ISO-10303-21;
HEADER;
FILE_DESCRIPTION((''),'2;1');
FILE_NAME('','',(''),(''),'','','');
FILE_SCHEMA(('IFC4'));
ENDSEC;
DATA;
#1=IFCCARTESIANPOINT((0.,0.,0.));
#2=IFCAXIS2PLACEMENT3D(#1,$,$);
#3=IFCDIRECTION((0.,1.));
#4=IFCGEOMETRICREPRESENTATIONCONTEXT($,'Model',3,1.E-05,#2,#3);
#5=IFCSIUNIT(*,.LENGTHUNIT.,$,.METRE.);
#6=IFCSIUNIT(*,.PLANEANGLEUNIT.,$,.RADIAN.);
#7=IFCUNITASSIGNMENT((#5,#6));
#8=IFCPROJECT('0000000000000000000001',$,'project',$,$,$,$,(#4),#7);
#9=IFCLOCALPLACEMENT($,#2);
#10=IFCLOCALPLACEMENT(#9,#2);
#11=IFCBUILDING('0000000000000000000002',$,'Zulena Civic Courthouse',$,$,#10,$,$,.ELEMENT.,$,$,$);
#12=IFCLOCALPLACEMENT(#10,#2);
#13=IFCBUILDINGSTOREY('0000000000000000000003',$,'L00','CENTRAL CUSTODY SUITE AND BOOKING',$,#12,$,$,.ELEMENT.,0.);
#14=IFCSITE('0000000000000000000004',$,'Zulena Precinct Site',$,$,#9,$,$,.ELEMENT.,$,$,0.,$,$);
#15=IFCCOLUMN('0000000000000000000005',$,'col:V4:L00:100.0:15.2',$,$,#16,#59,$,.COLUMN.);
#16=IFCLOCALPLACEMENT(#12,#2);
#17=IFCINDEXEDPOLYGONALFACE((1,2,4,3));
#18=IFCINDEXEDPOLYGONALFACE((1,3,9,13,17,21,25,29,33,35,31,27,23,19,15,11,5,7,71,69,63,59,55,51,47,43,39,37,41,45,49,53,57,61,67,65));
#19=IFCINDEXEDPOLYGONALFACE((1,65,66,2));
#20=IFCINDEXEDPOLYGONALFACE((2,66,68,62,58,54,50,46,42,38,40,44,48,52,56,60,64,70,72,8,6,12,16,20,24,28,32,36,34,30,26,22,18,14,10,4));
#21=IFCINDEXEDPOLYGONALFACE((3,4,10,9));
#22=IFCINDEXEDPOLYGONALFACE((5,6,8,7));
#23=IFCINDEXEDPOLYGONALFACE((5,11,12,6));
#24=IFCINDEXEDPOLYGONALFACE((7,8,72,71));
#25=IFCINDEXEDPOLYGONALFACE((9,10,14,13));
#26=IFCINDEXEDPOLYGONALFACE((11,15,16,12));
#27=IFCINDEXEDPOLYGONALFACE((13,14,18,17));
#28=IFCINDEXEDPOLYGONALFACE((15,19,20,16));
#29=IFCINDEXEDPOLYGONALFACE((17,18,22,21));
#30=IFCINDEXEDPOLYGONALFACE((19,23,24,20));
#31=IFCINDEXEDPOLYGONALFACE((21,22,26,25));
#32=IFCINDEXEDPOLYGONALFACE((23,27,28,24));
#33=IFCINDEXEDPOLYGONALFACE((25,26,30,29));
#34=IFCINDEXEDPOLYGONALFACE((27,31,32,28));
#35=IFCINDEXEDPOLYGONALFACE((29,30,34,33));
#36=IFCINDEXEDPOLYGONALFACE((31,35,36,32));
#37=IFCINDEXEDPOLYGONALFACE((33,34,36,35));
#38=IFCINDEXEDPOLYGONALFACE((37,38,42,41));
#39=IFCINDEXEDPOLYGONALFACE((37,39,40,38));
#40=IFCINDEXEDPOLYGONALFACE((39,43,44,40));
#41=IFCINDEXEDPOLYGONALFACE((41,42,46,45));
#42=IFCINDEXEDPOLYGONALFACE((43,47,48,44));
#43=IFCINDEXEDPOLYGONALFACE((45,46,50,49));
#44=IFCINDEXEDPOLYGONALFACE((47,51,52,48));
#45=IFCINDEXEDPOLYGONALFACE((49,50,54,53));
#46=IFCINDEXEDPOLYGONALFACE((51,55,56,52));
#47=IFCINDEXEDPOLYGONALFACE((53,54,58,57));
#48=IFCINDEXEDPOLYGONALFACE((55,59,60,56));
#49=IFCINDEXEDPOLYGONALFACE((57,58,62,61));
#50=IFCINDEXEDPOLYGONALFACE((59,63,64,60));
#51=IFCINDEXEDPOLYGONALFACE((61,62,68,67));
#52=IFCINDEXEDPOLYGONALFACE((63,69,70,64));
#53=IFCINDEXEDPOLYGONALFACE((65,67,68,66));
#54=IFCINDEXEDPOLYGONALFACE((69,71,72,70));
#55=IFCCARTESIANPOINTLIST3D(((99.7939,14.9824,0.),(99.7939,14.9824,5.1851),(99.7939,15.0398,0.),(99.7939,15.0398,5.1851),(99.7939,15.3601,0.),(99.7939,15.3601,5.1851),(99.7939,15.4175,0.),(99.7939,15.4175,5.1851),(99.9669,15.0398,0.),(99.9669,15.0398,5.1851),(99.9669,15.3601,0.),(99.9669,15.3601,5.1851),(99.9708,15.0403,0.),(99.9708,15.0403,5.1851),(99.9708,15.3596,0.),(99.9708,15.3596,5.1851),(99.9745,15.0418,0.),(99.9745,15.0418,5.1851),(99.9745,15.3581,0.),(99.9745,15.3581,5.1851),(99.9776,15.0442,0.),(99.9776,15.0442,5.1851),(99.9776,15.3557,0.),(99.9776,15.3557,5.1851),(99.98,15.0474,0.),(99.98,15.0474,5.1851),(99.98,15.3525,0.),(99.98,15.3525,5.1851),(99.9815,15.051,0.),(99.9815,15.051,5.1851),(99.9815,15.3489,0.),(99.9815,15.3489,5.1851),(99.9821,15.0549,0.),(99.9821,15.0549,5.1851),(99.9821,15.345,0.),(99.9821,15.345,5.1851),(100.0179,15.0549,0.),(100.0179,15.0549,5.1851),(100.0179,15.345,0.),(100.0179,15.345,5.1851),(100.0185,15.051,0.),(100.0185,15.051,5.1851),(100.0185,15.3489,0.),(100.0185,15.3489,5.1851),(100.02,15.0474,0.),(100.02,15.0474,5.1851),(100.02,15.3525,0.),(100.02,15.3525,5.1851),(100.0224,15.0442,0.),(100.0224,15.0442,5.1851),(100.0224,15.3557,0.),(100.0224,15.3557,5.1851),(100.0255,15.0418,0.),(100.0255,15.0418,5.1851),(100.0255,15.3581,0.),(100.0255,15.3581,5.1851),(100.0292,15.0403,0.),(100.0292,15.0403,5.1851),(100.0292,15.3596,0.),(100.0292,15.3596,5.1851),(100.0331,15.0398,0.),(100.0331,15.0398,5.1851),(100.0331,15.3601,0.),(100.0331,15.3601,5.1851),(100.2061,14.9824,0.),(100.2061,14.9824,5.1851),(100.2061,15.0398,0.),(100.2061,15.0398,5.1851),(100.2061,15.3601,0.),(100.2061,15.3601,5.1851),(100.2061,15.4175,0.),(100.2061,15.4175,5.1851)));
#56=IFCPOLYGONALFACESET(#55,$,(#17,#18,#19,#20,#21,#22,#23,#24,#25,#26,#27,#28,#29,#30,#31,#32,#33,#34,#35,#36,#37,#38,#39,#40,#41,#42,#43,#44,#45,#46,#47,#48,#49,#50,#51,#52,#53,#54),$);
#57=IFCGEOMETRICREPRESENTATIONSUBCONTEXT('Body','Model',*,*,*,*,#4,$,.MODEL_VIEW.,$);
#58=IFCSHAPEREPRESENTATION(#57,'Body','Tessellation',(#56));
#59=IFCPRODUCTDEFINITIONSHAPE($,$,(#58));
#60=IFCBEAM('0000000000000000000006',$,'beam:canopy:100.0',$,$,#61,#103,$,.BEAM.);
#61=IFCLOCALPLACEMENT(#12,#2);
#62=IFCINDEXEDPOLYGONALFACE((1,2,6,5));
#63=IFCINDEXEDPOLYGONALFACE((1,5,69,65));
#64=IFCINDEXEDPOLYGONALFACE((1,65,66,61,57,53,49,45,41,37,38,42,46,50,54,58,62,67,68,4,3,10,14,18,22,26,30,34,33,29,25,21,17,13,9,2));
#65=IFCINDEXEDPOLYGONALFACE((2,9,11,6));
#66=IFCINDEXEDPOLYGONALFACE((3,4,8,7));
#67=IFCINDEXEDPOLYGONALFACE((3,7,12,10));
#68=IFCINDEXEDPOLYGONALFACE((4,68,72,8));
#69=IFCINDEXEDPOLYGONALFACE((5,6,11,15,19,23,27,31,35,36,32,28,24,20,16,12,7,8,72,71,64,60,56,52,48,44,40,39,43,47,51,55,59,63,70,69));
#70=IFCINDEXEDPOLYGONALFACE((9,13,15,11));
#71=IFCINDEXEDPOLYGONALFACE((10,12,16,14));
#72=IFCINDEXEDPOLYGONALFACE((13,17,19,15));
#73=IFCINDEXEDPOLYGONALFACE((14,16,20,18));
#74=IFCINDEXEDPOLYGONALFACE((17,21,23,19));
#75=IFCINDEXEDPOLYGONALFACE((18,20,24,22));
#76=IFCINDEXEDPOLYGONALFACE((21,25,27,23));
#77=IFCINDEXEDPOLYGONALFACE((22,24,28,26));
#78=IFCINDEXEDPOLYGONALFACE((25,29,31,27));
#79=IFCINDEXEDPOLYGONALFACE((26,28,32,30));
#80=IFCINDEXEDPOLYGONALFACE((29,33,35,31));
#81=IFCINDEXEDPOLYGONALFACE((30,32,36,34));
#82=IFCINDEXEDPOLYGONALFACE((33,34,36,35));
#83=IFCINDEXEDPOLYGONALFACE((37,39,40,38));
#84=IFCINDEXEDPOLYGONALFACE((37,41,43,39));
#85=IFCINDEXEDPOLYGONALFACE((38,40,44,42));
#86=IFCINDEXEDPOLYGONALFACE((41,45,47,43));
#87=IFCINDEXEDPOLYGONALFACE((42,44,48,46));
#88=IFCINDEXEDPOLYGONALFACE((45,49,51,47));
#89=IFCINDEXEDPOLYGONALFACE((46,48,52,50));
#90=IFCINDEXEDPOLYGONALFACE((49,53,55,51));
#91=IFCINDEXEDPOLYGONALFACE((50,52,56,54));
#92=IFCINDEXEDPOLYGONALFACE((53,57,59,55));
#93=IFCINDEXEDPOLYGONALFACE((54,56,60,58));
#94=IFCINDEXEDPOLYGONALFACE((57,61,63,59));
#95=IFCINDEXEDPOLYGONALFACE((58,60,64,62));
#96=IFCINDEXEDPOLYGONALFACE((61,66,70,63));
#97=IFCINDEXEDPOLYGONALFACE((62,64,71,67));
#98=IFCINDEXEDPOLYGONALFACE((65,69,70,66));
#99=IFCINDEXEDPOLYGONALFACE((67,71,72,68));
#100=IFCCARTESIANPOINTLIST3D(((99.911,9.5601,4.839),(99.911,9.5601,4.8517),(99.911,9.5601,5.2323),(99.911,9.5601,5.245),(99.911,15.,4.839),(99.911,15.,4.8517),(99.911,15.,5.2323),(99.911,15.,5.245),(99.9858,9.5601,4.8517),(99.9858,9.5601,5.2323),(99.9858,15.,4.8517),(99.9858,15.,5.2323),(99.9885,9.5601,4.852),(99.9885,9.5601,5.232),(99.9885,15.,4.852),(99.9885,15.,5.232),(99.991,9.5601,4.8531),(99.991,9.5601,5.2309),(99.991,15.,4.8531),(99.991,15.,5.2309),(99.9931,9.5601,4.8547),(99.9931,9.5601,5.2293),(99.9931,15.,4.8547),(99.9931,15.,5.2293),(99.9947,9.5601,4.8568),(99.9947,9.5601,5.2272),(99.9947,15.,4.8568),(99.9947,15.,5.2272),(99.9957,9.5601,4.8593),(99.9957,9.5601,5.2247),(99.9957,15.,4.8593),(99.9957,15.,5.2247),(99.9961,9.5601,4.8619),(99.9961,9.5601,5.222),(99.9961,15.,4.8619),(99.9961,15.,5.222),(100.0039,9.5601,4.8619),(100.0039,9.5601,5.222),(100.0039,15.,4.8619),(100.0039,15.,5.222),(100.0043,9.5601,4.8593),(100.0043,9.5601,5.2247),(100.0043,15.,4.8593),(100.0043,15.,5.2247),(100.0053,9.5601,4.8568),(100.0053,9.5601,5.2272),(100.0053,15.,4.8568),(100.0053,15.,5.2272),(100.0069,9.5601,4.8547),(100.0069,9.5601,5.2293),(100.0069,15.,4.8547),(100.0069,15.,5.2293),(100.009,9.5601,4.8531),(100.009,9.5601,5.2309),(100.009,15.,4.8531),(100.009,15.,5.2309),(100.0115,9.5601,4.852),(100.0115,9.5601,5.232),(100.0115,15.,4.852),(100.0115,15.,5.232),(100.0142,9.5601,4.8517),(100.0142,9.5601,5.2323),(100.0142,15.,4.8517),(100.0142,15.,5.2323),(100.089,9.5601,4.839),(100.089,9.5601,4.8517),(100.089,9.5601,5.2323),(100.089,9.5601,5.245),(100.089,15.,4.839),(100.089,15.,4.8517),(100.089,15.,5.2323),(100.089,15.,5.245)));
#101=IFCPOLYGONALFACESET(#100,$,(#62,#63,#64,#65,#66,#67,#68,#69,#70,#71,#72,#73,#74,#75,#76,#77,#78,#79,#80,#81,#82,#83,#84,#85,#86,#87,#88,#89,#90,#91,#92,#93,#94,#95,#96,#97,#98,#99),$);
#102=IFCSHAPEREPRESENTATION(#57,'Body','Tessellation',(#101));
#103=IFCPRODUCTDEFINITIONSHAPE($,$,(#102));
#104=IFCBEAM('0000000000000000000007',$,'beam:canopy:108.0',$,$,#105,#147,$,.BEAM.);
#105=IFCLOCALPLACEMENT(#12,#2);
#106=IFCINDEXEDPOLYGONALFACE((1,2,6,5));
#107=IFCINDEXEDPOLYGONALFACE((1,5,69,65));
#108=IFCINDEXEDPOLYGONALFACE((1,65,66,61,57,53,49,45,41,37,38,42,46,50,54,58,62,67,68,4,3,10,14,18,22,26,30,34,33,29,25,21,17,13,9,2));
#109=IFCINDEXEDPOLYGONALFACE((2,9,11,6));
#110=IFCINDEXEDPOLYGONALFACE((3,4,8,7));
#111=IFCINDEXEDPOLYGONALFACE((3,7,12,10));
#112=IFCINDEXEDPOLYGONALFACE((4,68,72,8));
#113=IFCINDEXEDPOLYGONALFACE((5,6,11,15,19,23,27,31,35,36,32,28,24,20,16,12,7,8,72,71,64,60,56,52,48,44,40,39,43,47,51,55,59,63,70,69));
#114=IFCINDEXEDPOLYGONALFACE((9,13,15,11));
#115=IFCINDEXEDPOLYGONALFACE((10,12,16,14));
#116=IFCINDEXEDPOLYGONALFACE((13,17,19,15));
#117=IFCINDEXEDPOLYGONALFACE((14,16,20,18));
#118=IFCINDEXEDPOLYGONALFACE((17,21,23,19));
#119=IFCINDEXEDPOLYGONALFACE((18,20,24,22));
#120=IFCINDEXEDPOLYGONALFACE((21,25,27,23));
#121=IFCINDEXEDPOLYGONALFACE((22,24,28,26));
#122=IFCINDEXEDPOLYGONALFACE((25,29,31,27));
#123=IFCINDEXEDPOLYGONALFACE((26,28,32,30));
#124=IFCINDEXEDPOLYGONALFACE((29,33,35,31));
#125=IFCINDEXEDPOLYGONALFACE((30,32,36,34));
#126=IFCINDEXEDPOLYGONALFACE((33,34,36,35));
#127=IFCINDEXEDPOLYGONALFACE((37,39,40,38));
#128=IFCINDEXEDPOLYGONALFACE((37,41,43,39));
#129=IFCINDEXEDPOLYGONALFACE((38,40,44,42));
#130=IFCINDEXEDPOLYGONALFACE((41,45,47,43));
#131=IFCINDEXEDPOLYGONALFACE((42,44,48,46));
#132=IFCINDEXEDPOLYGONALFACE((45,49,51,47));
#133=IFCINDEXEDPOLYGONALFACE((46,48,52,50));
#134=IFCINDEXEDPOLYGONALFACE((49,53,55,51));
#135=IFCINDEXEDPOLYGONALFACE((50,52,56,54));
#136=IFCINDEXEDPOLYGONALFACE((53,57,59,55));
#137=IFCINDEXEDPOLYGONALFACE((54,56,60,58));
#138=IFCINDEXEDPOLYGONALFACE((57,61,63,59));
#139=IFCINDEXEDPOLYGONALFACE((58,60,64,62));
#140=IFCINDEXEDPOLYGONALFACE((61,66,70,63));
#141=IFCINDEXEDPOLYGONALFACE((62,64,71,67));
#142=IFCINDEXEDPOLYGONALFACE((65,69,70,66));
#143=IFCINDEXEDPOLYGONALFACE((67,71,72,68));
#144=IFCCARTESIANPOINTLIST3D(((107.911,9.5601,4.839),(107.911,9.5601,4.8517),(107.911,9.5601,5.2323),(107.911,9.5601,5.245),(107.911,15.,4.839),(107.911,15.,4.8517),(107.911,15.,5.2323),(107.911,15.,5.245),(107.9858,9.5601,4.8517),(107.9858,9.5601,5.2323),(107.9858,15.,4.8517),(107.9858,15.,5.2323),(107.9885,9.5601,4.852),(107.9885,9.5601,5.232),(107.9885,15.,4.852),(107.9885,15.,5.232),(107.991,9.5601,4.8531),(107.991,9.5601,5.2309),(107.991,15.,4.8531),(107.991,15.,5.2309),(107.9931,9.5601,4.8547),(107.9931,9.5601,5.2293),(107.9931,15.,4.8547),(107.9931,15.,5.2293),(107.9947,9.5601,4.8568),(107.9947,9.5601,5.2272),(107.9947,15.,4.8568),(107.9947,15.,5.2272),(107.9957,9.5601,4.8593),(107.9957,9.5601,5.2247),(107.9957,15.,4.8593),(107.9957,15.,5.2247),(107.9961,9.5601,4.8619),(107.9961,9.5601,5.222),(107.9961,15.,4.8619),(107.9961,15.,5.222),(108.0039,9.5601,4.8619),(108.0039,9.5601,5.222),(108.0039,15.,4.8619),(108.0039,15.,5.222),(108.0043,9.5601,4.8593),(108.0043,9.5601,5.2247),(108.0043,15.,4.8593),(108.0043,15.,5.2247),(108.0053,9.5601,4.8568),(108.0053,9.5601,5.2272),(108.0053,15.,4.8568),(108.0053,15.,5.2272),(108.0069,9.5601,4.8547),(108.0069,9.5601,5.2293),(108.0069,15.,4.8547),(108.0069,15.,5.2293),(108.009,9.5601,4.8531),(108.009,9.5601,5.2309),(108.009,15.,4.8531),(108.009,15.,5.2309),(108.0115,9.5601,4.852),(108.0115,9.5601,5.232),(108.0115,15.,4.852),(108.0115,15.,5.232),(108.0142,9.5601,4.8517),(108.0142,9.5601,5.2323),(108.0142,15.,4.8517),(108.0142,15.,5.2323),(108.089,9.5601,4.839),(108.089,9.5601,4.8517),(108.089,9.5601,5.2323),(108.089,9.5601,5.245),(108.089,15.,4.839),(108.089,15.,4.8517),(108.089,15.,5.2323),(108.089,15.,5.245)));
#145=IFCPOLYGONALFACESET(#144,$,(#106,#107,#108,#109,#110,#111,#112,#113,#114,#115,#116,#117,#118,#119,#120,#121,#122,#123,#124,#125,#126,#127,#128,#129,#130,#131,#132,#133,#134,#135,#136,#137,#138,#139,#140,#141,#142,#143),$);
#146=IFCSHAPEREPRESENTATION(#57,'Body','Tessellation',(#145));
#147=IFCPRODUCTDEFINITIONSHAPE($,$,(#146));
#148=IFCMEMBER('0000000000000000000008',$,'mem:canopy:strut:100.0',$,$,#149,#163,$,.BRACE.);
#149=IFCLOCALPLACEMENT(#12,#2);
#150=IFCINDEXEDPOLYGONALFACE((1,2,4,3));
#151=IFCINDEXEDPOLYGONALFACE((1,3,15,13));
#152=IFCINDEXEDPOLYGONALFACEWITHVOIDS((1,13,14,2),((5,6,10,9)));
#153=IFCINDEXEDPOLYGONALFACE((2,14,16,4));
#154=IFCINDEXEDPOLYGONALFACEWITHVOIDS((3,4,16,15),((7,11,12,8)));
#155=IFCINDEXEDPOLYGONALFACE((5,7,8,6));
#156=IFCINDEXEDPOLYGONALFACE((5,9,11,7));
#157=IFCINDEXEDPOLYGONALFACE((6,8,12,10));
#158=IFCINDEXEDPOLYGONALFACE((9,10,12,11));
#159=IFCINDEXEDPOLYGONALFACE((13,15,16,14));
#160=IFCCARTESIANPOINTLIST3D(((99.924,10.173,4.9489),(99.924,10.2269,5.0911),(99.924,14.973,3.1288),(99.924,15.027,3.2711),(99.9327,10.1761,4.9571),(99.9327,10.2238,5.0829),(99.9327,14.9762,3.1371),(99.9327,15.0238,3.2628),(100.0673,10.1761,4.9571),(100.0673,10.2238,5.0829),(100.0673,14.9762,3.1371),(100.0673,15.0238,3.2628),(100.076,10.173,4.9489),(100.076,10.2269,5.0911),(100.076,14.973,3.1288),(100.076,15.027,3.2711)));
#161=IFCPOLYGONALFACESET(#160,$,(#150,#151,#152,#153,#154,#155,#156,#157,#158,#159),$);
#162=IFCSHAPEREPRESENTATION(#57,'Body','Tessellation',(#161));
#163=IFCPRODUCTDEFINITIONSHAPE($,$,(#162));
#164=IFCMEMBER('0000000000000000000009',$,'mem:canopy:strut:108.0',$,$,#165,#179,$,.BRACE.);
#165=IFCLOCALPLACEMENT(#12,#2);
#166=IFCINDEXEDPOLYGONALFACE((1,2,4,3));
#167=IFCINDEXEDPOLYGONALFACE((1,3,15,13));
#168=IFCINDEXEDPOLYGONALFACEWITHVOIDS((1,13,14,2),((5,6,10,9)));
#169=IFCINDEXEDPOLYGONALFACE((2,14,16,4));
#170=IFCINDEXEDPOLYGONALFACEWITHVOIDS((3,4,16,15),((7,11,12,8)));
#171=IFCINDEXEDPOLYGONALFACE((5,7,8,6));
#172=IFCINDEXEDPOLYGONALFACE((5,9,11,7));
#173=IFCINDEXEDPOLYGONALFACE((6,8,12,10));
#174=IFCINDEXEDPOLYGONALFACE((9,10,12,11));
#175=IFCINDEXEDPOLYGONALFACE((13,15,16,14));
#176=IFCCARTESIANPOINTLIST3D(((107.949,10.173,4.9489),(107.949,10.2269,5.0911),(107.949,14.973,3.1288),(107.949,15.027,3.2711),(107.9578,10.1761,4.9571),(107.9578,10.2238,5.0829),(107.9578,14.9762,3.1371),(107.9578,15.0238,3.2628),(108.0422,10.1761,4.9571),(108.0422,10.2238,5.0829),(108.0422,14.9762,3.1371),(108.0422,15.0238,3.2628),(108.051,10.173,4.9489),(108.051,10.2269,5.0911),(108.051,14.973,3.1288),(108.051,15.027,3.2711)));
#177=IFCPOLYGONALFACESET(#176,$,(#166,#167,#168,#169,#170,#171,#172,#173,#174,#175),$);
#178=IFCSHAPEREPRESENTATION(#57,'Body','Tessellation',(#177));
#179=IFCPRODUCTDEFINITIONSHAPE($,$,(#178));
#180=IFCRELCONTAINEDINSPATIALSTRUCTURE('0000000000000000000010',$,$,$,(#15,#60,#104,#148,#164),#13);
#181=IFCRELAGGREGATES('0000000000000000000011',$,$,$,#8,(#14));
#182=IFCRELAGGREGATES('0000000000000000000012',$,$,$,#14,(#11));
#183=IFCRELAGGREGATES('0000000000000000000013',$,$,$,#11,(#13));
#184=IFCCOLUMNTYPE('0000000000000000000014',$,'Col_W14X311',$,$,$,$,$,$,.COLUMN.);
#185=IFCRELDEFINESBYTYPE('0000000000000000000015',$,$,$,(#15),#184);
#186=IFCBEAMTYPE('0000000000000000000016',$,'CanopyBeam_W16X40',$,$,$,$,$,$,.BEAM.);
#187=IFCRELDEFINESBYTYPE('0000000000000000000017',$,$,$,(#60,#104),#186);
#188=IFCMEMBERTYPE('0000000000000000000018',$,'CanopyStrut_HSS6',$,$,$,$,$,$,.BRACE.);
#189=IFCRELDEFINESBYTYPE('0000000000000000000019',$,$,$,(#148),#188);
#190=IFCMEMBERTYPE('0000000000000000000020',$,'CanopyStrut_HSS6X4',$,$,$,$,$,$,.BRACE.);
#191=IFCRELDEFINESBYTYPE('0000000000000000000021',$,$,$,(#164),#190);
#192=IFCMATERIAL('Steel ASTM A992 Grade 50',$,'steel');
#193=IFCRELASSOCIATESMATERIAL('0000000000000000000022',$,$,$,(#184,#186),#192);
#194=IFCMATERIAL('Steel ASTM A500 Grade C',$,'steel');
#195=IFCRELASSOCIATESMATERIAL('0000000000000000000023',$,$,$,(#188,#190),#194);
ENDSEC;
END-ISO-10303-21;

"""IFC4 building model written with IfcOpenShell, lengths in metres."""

from ifc_helpers import new_model, si_unit, direction, frame, origin, origin_2d, place, context, subcontext, project, spatial, hollow_rectangle, i_section, extrude, material, material_profile, profile_set, type_object, element, save


model = new_model("IFC4")

# Units and contexts
model_context = context("Model", 3, precision=1e-05, world=origin(), true_north=direction((0.0, 1.0)))
body_context = subcontext(model_context, "Body", "Model", "MODEL_VIEW")
ifc_project = project(units=[si_unit("LENGTHUNIT", "METRE"), si_unit("PLANEANGLEUNIT", "RADIAN")], contexts=[model_context])

# Site, building, storey
site_placement = place(None, origin())
site = spatial("IfcSite", under=ifc_project, at=site_placement, Name="Zulena Precinct Site", CompositionType="ELEMENT", RefElevation=0.0)
building_placement = place(site_placement, origin())
building = spatial("IfcBuilding", under=site, at=building_placement, Name="Zulena Civic Courthouse", CompositionType="ELEMENT")
storey_placement = place(building_placement, origin())
storey = spatial("IfcBuildingStorey", under=building, at=storey_placement, Name="L00", Description="CENTRAL CUSTODY SUITE AND BOOKING", CompositionType="ELEMENT", Elevation=0.0)

# Column
ifc_material_1 = material(Name="Steel ASTM A992 Grade 50", Category="steel")
ifc_material_profile_1 = material_profile(ifc_material_1, i_section(OverallWidth=0.4121, OverallDepth=0.4351, WebThickness=0.0359, FlangeThickness=0.0574, FilletRadius=0.0151, at=origin_2d()), Name="W14X311")
ifc_profile_set_1 = profile_set([ifc_material_profile_1], Name="Steel ASTM A992 Grade 50")
column_type_1 = type_object("IfcColumnType", Name="Col_W14X311", PredefinedType="COLUMN", material=ifc_profile_set_1)
column_placement = place(storey_placement, frame((100.0, 15.2, 0.0), z_axis=(0.0, 0.0, 1.0), x_axis=(1.0, 0.0, 0.0)))
element("IfcColumn", 1, at=column_placement, inside=storey, type_object=column_type_1, Name="col:V4:L00:100.0:15.2", PredefinedType="COLUMN", context=body_context, shape_type="SweptSolid", body=[
    extrude(i_section(OverallWidth=0.4121, OverallDepth=0.4351, WebThickness=0.0359, FlangeThickness=0.0574, FilletRadius=0.0151, at=origin_2d()), origin(), (0.0, 0.0, 1.0), 5.1851),
])

# Beams
ifc_material_profile_2 = material_profile(ifc_material_1, i_section(OverallWidth=0.178, OverallDepth=0.406, WebThickness=0.0078, FlangeThickness=0.0127, FilletRadius=0.0103, at=origin_2d()), Name="W16X40")
ifc_profile_set_2 = profile_set([ifc_material_profile_2], Name="Steel ASTM A992 Grade 50")
beam_type_1 = type_object("IfcBeamType", Name="CanopyBeam_W16X40", PredefinedType="BEAM", material=ifc_profile_set_2)
for number, where, z_axis, x_axis, name in (
    (2, (100.0, 9.5601, 5.042), (0.0, 1.0, 0.0), (-1.0, 0.0, 0.0), "beam:canopy:100.0"),
    (3, (108.0, 9.5601, 5.042), (0.0, 1.0, 0.0), (-1.0, 0.0, 0.0), "beam:canopy:108.0"),
):
    element("IfcBeam", number, at=place(storey_placement, frame(where, z_axis=z_axis, x_axis=x_axis)), inside=storey, type_object=beam_type_1, Name=name, PredefinedType="BEAM", context=body_context, shape_type="SweptSolid", body=[
        extrude(i_section(OverallWidth=0.178, OverallDepth=0.406, WebThickness=0.0078, FlangeThickness=0.0127, FilletRadius=0.0103, at=origin_2d()), origin(), (0.0, 0.0, 1.0), 5.4399),
    ])

# Members
ifc_material_2 = material(Name="Steel ASTM A500 Grade C", Category="steel")
ifc_material_profile_3 = material_profile(ifc_material_2, hollow_rectangle(XDim=0.1521, YDim=0.1521, WallThickness=0.0088, at=origin_2d()), Name="HSS6X6X3/8")
ifc_profile_set_3 = profile_set([ifc_material_profile_3], Name="Steel ASTM A500 Grade C")
member_type_1 = type_object("IfcMemberType", Name="CanopyStrut_HSS6", PredefinedType="BRACE", material=ifc_profile_set_3)
member_1_placement = place(storey_placement, frame((100.0, 15.0, 3.2), z_axis=(0.0, -0.935039, 0.354545), x_axis=(1.0, 0.0, 0.0)))
element("IfcMember", 4, at=member_1_placement, inside=storey, type_object=member_type_1, Name="mem:canopy:strut:100.0", PredefinedType="BRACE", context=body_context, shape_type="SweptSolid", body=[
    extrude(hollow_rectangle(XDim=0.1521, YDim=0.1521, WallThickness=0.0088, at=origin_2d()), origin(), (0.0, 0.0, 1.0), 5.1335),
])
ifc_material_profile_4 = material_profile(ifc_material_2, hollow_rectangle(XDim=0.1021, YDim=0.1521, WallThickness=0.0088, at=origin_2d()), Name="HSS6X4X3/8")
ifc_profile_set_4 = profile_set([ifc_material_profile_4], Name="Steel ASTM A500 Grade C")
member_type_2 = type_object("IfcMemberType", Name="CanopyStrut_HSS6X4", PredefinedType="BRACE", material=ifc_profile_set_4)
member_2_placement = place(storey_placement, frame((108.0, 15.0, 3.2), z_axis=(0.0, -0.935039, 0.354545), x_axis=(1.0, 0.0, 0.0)))
element("IfcMember", 5, at=member_2_placement, inside=storey, type_object=member_type_2, Name="mem:canopy:strut:108.0", PredefinedType="BRACE", context=body_context, shape_type="SweptSolid", body=[
    extrude(hollow_rectangle(XDim=0.1021, YDim=0.1521, WallThickness=0.0088, at=origin_2d()), origin(), (0.0, 0.0, 1.0), 5.1335),
])

save(model, "model.ifc")
